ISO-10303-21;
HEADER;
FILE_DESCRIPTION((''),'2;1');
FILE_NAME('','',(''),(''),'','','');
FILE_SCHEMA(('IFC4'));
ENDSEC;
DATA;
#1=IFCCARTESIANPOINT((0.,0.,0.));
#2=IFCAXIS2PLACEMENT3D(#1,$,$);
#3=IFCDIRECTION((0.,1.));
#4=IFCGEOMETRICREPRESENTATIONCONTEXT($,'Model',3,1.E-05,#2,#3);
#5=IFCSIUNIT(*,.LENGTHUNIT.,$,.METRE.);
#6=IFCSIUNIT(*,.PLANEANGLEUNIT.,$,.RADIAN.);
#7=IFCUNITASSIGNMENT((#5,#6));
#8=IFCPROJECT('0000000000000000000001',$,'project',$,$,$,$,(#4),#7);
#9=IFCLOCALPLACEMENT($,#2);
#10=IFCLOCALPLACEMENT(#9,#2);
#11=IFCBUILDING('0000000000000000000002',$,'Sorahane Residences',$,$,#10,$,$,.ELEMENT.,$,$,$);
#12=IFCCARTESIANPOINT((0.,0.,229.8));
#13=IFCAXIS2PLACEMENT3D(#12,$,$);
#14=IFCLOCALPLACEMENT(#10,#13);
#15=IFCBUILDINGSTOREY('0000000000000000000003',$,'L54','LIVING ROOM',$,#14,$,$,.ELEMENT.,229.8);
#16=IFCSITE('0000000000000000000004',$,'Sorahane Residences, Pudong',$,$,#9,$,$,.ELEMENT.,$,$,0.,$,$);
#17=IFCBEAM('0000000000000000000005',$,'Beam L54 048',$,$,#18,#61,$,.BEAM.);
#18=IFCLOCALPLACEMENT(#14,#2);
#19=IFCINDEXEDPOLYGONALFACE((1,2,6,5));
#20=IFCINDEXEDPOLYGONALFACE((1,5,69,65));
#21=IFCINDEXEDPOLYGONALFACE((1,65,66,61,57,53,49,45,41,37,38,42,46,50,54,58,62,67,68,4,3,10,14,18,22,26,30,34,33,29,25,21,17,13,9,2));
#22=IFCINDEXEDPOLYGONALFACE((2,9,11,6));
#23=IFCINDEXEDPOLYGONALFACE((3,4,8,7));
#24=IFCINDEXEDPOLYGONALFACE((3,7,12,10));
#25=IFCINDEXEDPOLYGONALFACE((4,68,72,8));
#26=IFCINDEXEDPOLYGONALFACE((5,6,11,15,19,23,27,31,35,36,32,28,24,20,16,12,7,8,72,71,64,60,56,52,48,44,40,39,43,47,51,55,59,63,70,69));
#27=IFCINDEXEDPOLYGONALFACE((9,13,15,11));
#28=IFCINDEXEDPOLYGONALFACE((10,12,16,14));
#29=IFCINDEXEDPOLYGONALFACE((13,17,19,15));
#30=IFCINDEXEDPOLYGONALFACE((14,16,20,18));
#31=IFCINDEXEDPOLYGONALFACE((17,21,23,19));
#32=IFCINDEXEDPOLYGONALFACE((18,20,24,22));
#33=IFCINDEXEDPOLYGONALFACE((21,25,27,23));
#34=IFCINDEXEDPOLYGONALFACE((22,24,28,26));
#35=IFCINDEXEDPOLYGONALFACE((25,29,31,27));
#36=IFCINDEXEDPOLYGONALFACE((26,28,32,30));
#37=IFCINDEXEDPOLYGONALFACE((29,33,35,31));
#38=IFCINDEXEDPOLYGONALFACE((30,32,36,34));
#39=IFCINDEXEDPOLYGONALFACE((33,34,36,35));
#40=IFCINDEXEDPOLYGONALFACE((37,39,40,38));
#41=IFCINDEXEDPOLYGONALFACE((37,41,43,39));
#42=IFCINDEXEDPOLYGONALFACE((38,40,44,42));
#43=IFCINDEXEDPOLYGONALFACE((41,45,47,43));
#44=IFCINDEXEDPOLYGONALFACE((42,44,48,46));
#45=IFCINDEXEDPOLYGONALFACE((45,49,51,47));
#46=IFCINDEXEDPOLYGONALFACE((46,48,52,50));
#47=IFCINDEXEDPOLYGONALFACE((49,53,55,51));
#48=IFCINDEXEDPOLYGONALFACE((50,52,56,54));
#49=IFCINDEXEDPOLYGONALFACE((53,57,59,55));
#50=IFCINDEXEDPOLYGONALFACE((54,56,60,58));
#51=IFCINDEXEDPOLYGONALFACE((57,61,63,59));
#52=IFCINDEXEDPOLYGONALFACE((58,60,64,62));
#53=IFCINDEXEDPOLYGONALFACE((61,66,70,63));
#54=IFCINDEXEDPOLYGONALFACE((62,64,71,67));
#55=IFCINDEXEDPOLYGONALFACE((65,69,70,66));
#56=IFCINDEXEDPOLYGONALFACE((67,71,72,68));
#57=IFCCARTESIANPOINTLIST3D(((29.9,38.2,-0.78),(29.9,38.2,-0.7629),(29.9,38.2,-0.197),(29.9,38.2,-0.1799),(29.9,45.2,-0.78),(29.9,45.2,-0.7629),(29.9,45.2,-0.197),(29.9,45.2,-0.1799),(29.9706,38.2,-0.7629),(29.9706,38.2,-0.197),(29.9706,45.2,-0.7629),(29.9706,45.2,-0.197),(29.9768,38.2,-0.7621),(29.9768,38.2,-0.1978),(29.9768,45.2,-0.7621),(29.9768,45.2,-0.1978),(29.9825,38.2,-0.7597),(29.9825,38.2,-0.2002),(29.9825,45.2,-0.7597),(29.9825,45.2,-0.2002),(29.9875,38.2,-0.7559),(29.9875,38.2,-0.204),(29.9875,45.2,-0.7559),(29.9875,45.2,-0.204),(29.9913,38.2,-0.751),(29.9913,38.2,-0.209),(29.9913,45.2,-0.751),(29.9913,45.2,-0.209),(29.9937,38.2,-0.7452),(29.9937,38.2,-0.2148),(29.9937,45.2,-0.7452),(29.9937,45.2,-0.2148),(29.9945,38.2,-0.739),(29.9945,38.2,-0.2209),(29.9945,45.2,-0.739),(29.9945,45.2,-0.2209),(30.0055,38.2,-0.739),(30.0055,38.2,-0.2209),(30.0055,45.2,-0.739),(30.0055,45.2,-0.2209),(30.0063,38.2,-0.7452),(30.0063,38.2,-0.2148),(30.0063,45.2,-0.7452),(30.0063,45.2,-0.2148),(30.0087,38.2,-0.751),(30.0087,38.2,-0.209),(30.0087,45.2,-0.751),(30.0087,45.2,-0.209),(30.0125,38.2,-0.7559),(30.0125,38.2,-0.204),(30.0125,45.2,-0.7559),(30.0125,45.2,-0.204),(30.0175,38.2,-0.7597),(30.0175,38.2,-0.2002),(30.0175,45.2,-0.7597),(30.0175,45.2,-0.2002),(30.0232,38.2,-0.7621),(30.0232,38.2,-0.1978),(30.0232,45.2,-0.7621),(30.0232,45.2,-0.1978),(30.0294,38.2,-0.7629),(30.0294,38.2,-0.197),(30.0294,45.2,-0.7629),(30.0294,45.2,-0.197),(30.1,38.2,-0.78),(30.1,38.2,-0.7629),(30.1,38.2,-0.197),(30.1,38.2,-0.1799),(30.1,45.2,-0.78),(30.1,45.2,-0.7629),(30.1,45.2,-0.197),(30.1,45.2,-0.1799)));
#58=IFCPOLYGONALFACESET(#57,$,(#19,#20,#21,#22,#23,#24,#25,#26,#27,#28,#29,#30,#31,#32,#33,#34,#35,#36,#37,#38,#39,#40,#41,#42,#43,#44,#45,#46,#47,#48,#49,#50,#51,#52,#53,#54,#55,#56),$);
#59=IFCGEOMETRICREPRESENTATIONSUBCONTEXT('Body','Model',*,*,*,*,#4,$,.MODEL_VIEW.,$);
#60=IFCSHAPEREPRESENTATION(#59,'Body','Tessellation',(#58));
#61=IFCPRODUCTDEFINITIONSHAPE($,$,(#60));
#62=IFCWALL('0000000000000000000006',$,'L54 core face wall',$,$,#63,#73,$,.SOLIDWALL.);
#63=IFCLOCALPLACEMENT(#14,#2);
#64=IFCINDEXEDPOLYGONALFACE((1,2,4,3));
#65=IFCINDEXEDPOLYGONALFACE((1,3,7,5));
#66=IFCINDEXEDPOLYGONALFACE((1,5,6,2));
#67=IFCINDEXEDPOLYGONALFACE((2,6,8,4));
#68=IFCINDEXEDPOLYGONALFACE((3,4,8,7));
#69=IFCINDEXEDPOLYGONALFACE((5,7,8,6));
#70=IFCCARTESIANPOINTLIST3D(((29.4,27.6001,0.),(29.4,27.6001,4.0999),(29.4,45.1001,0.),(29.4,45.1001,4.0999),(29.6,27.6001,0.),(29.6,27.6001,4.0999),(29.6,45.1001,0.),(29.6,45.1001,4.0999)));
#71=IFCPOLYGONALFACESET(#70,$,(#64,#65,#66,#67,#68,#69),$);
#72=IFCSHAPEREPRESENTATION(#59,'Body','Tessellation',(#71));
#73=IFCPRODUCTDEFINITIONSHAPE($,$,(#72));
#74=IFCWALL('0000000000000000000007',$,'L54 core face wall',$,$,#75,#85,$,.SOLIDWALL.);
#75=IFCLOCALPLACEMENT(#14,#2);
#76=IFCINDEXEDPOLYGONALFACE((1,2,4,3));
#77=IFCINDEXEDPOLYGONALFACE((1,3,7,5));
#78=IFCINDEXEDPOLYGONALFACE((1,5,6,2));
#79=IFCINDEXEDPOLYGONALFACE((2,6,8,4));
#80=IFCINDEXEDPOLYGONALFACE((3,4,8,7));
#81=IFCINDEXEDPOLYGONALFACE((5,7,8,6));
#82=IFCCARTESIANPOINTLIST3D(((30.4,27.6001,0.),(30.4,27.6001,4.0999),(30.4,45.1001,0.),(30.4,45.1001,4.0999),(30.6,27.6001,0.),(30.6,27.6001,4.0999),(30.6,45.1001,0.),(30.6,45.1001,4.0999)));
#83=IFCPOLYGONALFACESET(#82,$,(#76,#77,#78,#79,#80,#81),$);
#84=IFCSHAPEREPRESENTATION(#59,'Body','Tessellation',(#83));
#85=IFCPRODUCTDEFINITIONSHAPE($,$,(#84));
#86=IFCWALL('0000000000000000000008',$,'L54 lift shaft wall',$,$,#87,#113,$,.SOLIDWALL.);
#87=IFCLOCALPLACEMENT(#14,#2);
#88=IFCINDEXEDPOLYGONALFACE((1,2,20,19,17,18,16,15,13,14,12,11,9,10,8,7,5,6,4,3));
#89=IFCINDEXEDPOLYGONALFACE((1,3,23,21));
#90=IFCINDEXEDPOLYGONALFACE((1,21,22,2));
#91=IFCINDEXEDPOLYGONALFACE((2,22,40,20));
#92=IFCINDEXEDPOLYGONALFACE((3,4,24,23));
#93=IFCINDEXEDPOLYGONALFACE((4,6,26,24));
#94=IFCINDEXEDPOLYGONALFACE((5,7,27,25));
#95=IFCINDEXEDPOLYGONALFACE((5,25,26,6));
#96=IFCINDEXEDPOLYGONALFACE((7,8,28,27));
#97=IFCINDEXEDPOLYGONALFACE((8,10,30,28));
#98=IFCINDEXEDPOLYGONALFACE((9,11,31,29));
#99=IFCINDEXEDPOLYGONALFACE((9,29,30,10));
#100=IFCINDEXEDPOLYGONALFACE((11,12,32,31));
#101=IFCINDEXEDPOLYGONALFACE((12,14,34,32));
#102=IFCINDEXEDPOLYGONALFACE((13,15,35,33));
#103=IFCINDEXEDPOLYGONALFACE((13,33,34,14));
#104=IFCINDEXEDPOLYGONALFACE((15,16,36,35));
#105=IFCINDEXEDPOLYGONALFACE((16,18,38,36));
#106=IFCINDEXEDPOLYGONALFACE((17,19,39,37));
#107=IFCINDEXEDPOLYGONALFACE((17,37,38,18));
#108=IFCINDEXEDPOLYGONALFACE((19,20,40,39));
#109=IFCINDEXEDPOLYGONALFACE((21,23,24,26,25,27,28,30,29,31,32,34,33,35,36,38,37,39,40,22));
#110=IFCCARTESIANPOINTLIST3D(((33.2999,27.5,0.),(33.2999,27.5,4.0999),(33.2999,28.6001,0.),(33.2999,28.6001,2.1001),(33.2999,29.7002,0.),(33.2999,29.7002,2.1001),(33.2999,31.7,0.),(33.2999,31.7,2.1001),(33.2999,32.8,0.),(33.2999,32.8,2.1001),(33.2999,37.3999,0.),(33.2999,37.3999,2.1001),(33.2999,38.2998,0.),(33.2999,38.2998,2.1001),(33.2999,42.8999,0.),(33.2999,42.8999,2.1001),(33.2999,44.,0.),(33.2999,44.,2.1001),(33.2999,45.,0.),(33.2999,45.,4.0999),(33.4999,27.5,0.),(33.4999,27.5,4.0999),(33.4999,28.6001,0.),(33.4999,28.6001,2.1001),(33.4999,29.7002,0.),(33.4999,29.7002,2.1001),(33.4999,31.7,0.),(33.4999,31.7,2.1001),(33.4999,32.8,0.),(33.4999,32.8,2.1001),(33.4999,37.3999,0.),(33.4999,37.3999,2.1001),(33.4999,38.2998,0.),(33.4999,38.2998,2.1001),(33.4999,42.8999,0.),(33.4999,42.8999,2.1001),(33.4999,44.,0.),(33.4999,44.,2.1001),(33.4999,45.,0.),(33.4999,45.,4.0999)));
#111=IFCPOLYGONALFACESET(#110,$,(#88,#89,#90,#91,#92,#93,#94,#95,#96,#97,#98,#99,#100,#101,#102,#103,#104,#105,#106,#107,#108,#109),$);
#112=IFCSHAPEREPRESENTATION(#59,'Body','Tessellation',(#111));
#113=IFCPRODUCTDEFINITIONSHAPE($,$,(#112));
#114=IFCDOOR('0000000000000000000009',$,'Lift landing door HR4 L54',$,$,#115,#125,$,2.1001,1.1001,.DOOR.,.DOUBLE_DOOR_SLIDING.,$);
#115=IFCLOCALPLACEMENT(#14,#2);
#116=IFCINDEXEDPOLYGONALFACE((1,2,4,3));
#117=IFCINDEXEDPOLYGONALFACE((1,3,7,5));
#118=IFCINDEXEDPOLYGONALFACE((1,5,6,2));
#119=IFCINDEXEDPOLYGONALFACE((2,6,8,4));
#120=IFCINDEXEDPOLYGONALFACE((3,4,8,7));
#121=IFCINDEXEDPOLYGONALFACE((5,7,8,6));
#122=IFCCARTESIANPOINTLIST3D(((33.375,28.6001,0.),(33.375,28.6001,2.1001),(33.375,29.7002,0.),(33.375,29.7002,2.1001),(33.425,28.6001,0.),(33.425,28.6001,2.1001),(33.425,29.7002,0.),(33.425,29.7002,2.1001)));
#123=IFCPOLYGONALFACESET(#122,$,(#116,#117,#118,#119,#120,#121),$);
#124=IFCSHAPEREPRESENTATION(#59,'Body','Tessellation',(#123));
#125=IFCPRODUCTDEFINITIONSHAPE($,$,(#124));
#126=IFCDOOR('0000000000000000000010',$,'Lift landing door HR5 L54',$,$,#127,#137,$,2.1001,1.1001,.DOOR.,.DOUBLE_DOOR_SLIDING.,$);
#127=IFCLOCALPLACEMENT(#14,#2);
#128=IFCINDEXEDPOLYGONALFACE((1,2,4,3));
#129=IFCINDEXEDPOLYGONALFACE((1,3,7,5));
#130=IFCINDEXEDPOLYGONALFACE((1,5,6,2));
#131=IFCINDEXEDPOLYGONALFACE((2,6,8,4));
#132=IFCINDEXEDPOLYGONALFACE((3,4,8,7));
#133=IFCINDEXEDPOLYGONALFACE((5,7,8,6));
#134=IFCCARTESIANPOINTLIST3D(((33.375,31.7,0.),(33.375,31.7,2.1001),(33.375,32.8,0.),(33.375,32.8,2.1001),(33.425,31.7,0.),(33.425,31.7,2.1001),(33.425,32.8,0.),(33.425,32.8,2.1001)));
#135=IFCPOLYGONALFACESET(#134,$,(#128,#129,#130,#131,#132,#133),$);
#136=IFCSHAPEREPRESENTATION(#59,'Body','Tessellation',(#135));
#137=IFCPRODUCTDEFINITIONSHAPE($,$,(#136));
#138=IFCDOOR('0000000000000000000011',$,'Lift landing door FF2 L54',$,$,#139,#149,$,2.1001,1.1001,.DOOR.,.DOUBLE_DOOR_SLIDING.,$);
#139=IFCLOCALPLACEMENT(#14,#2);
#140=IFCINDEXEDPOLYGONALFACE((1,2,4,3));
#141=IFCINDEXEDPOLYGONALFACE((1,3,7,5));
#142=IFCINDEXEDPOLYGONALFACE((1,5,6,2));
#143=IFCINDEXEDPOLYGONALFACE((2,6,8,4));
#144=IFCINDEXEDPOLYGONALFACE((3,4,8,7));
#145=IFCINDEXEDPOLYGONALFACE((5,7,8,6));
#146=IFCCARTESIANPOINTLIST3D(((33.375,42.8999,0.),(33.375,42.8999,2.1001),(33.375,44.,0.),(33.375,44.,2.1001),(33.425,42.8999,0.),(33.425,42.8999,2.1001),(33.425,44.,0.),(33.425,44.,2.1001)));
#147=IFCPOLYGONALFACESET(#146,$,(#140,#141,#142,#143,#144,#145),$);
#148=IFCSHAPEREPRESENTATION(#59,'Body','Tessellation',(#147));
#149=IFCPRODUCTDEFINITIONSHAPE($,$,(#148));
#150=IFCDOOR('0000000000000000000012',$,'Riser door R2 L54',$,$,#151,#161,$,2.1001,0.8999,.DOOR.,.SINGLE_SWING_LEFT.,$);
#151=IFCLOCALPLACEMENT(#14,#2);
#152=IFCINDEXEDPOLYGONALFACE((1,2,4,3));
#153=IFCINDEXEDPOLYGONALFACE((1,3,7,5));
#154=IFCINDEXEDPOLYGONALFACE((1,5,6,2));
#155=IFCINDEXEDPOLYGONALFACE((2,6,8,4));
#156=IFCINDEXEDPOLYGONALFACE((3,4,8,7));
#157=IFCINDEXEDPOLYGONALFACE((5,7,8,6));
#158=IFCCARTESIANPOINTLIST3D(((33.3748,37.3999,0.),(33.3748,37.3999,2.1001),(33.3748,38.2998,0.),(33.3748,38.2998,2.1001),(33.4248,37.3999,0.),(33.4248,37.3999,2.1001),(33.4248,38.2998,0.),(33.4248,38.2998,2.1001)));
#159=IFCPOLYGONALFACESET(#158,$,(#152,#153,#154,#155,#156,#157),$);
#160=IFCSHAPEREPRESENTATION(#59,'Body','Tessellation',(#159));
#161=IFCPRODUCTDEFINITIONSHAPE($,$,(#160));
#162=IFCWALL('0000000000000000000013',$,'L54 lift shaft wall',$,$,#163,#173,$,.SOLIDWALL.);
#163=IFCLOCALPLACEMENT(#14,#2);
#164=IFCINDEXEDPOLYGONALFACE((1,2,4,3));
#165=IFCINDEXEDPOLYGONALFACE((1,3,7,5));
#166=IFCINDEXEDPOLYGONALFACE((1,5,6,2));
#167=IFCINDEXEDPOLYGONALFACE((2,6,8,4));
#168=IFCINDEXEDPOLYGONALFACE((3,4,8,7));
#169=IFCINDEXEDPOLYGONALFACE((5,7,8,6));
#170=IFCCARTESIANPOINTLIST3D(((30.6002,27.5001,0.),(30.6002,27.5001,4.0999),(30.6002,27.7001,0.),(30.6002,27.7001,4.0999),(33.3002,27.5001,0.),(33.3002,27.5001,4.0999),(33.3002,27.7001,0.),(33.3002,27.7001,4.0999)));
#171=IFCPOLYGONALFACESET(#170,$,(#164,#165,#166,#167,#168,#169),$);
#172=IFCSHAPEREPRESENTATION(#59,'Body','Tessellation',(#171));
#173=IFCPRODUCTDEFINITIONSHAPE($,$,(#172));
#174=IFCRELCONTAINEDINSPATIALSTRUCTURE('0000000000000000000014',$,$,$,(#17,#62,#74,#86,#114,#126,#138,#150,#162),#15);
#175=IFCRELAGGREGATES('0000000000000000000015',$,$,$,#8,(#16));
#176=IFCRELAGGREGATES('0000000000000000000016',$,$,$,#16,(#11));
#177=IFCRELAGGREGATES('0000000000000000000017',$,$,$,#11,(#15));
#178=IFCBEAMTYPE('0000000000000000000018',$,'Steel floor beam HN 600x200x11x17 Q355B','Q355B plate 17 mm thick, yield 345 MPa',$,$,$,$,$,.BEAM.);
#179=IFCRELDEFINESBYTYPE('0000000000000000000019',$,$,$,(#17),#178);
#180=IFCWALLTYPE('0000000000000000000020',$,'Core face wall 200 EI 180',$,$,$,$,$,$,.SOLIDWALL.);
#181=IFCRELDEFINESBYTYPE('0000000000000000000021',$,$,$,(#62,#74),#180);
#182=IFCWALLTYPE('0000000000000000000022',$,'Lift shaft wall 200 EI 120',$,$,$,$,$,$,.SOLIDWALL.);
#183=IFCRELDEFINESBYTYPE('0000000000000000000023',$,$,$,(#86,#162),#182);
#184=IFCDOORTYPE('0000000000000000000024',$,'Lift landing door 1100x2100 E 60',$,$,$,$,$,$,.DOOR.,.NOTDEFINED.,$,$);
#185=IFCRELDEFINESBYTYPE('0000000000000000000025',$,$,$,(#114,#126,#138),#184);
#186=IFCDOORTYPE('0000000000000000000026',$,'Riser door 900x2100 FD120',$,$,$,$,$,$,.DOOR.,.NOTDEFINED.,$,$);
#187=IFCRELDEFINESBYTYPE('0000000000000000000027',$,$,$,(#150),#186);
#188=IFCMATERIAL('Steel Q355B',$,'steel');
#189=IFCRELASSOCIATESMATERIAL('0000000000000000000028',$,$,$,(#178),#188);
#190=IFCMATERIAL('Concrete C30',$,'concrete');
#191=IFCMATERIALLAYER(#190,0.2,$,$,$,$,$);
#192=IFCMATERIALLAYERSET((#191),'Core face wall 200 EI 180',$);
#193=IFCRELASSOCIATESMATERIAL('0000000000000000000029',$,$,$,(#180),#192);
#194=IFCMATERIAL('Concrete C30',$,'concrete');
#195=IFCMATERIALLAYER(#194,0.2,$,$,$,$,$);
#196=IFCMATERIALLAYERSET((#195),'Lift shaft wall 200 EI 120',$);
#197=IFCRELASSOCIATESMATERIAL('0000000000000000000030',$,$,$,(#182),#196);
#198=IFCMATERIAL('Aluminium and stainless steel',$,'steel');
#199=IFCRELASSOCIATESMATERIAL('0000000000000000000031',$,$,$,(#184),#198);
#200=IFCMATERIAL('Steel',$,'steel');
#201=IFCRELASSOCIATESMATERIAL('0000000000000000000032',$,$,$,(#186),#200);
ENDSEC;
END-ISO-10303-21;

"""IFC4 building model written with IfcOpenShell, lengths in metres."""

from ifc_helpers import new_model, si_unit, direction, frame, frame_2d, origin, origin_2d, place, context, subcontext, project, spatial, rectangle, i_section, extrude, material, layer, layer_set, material_profile, profile_set, type_object, element, fill, save


model = new_model("IFC4")

# Units and contexts
model_context = context("Model", 3, precision=1e-05, world=origin(), true_north=direction((0.0, 1.0)))
body_context = subcontext(model_context, "Body", "Model", "MODEL_VIEW")
ifc_project = project(units=[si_unit("LENGTHUNIT", "METRE"), si_unit("PLANEANGLEUNIT", "RADIAN")], contexts=[model_context])

# Site, building, storey
site_placement = place(None, origin())
site = spatial("IfcSite", under=ifc_project, at=site_placement, Name="Sorahane Residences, Pudong", CompositionType="ELEMENT", RefElevation=0.0)
building_placement = place(site_placement, origin())
building = spatial("IfcBuilding", under=site, at=building_placement, Name="Sorahane Residences", CompositionType="ELEMENT")
storey_placement = place(building_placement, frame((0.0, 0.0, 229.8)))
storey = spatial("IfcBuildingStorey", under=building, at=storey_placement, Name="L54", Description="LIVING ROOM", CompositionType="ELEMENT", Elevation=229.8)

# Beam
ifc_material_1 = material(Name="Steel Q355B", Category="steel")
ifc_material_profile_1 = material_profile(ifc_material_1, i_section(OverallWidth=0.2, OverallDepth=0.6001, WebThickness=0.011, FlangeThickness=0.0171, FilletRadius=0.0239, at=origin_2d()), Name="HN 600x200x11x17")
ifc_profile_set_1 = profile_set([ifc_material_profile_1], Name="Steel Q355B")
beam_type_1 = type_object("IfcBeamType", Name="Steel floor beam HN 600x200x11x17 Q355B", Description="Q355B plate 17 mm thick, yield 345 MPa", PredefinedType="BEAM", material=ifc_profile_set_1)
for number, where, z_axis, x_axis, name in (
    (1, (30.0, 38.2, -0.48), (0.0, 1.0, 0.0), (-1.0, 0.0, 0.0), "Beam L54 048"),
):
    element("IfcBeam", number, at=place(storey_placement, frame(where, z_axis=z_axis, x_axis=x_axis)), inside=storey, type_object=beam_type_1, Name=name, PredefinedType="BEAM", context=body_context, shape_type="SweptSolid", body=[
        extrude(i_section(OverallWidth=0.2, OverallDepth=0.6001, WebThickness=0.011, FlangeThickness=0.0171, FilletRadius=0.0239, at=origin_2d()), origin(), (0.0, 0.0, 1.0), 7.0),
    ])

# Walls
ifc_material_2 = material(Name="Concrete C30", Category="concrete")
ifc_layer_1 = layer(ifc_material_2, 0.2)
ifc_layer_set_1 = layer_set([ifc_layer_1], Name="Core face wall 200 EI 180")
wall_type_1 = type_object("IfcWallType", Name="Core face wall 200 EI 180", PredefinedType="SOLIDWALL", material=ifc_layer_set_1)
for number, where, z_axis, x_axis, name in (
    (2, (29.5, 27.6001, 0.0), (0.0, 0.0, 1.0), (0.0, 1.0, 0.0), "L54 core face wall"),
    (3, (30.5, 27.6001, 0.0), (0.0, 0.0, 1.0), (0.0, 1.0, 0.0), "L54 core face wall"),
):
    element("IfcWall", number, at=place(storey_placement, frame(where, z_axis=z_axis, x_axis=x_axis)), inside=storey, type_object=wall_type_1, Name=name, PredefinedType="SOLIDWALL", context=body_context, shape_type="SweptSolid", body=[
        extrude(rectangle(XDim=17.5, YDim=0.2, at=frame_2d((8.75, 0.0))), origin(), (0.0, 0.0, 1.0), 4.0999),
    ])

# Wall, openings, doors
ifc_material_3 = material(Name="Concrete C30", Category="concrete")
ifc_layer_2 = layer(ifc_material_3, 0.2)
ifc_layer_set_2 = layer_set([ifc_layer_2], Name="Lift shaft wall 200 EI 120")
wall_type_2 = type_object("IfcWallType", Name="Lift shaft wall 200 EI 120", PredefinedType="SOLIDWALL", material=ifc_layer_set_2)
wall_1_placement = place(storey_placement, frame((33.3999, 27.5, 0.0), z_axis=(0.0, 0.0, 1.0), x_axis=(0.0, 1.0, 0.0)))
wall_1 = element("IfcWall", 4, at=wall_1_placement, inside=storey, type_object=wall_type_2, Name="L54 lift shaft wall", PredefinedType="SOLIDWALL", context=body_context, shape_type="SweptSolid", body=[
    extrude(rectangle(XDim=17.5, YDim=0.2, at=frame_2d((8.75, 0.0))), origin(), (0.0, 0.0, 1.0), 4.0999),
])
opening_1_placement = place(wall_1_placement, frame((1.1001, 0.0, 0.0)))
opening_1 = element("IfcOpeningElement", 5, at=opening_1_placement, cuts=wall_1, PredefinedType="OPENING", context=body_context, shape_type="SweptSolid", body=[
    extrude(rectangle(XDim=1.1001, YDim=2.1001, at=frame_2d((0.55, 1.05))), frame((0.0, 0.1099, 0.0), z_axis=(0.0, -1.0, 0.0), x_axis=(1.0, 0.0, 0.0)), (0.0, 0.0, 1.0), 0.22),
])
opening_2_placement = place(wall_1_placement, frame((4.2, 0.0, 0.0)))
opening_2 = element("IfcOpeningElement", 6, at=opening_2_placement, cuts=wall_1, PredefinedType="OPENING", context=body_context, shape_type="SweptSolid", body=[
    extrude(rectangle(XDim=1.1001, YDim=2.1001, at=frame_2d((0.55, 1.05))), frame((0.0, 0.1099, 0.0), z_axis=(0.0, -1.0, 0.0), x_axis=(1.0, 0.0, 0.0)), (0.0, 0.0, 1.0), 0.22),
])
opening_3_placement = place(wall_1_placement, frame((15.3999, 0.0, 0.0)))
opening_3 = element("IfcOpeningElement", 7, at=opening_3_placement, cuts=wall_1, PredefinedType="OPENING", context=body_context, shape_type="SweptSolid", body=[
    extrude(rectangle(XDim=1.1001, YDim=2.1001, at=frame_2d((0.55, 1.05))), frame((0.0, 0.1099, 0.0), z_axis=(0.0, -1.0, 0.0), x_axis=(1.0, 0.0, 0.0)), (0.0, 0.0, 1.0), 0.22),
])
opening_4_placement = place(wall_1_placement, frame((9.8999, 0.0, 0.0)))
opening_4 = element("IfcOpeningElement", 8, at=opening_4_placement, cuts=wall_1, PredefinedType="OPENING", context=body_context, shape_type="SweptSolid", body=[
    extrude(rectangle(XDim=0.8999, YDim=2.1001, at=frame_2d((0.45, 1.05))), frame((0.0, 0.1099, 0.0), z_axis=(0.0, -1.0, 0.0), x_axis=(1.0, 0.0, 0.0)), (0.0, 0.0, 1.0), 0.22),
])
ifc_material_4 = material(Name="Aluminium and stainless steel", Category="steel")
door_type_1 = type_object("IfcDoorType", Name="Lift landing door 1100x2100 E 60", OperationType="NOTDEFINED", PredefinedType="DOOR", material=ifc_material_4)
door_1_placement = place(opening_1_placement, origin())
door_1 = element("IfcDoor", 9, at=door_1_placement, inside=storey, type_object=door_type_1, Name="Lift landing door HR4 L54", OperationType="DOUBLE_DOOR_SLIDING", OverallHeight=2.1001, OverallWidth=1.1001, PredefinedType="DOOR", context=body_context, shape_type="SweptSolid", body=[
    extrude(rectangle(XDim=1.1001, YDim=2.1001, at=frame_2d((0.55, 1.05))), frame((0.0, 0.0249, 0.0), z_axis=(0.0, -1.0, 0.0), x_axis=(1.0, 0.0, 0.0)), (0.0, 0.0, 1.0), 0.05),
])
fill(opening_1, door_1)
door_2_placement = place(opening_2_placement, origin())
door_2 = element("IfcDoor", 10, at=door_2_placement, inside=storey, type_object=door_type_1, Name="Lift landing door HR5 L54", OperationType="DOUBLE_DOOR_SLIDING", OverallHeight=2.1001, OverallWidth=1.1001, PredefinedType="DOOR", context=body_context, shape_type="SweptSolid", body=[
    extrude(rectangle(XDim=1.1001, YDim=2.1001, at=frame_2d((0.55, 1.05))), frame((0.0, 0.0249, 0.0), z_axis=(0.0, -1.0, 0.0), x_axis=(1.0, 0.0, 0.0)), (0.0, 0.0, 1.0), 0.05),
])
fill(opening_2, door_2)
door_3_placement = place(opening_3_placement, origin())
door_3 = element("IfcDoor", 11, at=door_3_placement, inside=storey, type_object=door_type_1, Name="Lift landing door FF2 L54", OperationType="DOUBLE_DOOR_SLIDING", OverallHeight=2.1001, OverallWidth=1.1001, PredefinedType="DOOR", context=body_context, shape_type="SweptSolid", body=[
    extrude(rectangle(XDim=1.1001, YDim=2.1001, at=frame_2d((0.55, 1.05))), frame((0.0, 0.0249, 0.0), z_axis=(0.0, -1.0, 0.0), x_axis=(1.0, 0.0, 0.0)), (0.0, 0.0, 1.0), 0.05),
])
fill(opening_3, door_3)
ifc_material_5 = material(Name="Steel", Category="steel")
door_type_2 = type_object("IfcDoorType", Name="Riser door 900x2100 FD120", OperationType="NOTDEFINED", PredefinedType="DOOR", material=ifc_material_5)
door_4_placement = place(opening_4_placement, frame((0.8999, 0.0, 0.0), z_axis=(0.0, 0.0, 1.0), x_axis=(-1.0, 0.0, 0.0)))
door_4 = element("IfcDoor", 12, at=door_4_placement, inside=storey, type_object=door_type_2, Name="Riser door R2 L54", OperationType="SINGLE_SWING_LEFT", OverallHeight=2.1001, OverallWidth=0.8999, PredefinedType="DOOR", context=body_context, shape_type="SweptSolid", body=[
    extrude(rectangle(XDim=0.8999, YDim=2.1001, at=frame_2d((0.45, 1.05))), frame((0.0, 0.0249, 0.0), z_axis=(0.0, -1.0, 0.0), x_axis=(1.0, 0.0, 0.0)), (0.0, 0.0, 1.0), 0.05),
])
fill(opening_4, door_4)

# Wall
for number, where, z_axis, x_axis, name in (
    (13, (30.6001, 27.6001, 0.0), (0.0, 0.0, 1.0), (1.0, 0.0, 0.0), "L54 lift shaft wall"),
):
    element("IfcWall", number, at=place(storey_placement, frame(where, z_axis=z_axis, x_axis=x_axis)), inside=storey, type_object=wall_type_2, Name=name, PredefinedType="SOLIDWALL", context=body_context, shape_type="SweptSolid", body=[
        extrude(rectangle(XDim=2.7, YDim=0.2, at=frame_2d((1.3501, 0.0))), origin(), (0.0, 0.0, 1.0), 4.0999),
    ])

save(model, "model.ifc")
